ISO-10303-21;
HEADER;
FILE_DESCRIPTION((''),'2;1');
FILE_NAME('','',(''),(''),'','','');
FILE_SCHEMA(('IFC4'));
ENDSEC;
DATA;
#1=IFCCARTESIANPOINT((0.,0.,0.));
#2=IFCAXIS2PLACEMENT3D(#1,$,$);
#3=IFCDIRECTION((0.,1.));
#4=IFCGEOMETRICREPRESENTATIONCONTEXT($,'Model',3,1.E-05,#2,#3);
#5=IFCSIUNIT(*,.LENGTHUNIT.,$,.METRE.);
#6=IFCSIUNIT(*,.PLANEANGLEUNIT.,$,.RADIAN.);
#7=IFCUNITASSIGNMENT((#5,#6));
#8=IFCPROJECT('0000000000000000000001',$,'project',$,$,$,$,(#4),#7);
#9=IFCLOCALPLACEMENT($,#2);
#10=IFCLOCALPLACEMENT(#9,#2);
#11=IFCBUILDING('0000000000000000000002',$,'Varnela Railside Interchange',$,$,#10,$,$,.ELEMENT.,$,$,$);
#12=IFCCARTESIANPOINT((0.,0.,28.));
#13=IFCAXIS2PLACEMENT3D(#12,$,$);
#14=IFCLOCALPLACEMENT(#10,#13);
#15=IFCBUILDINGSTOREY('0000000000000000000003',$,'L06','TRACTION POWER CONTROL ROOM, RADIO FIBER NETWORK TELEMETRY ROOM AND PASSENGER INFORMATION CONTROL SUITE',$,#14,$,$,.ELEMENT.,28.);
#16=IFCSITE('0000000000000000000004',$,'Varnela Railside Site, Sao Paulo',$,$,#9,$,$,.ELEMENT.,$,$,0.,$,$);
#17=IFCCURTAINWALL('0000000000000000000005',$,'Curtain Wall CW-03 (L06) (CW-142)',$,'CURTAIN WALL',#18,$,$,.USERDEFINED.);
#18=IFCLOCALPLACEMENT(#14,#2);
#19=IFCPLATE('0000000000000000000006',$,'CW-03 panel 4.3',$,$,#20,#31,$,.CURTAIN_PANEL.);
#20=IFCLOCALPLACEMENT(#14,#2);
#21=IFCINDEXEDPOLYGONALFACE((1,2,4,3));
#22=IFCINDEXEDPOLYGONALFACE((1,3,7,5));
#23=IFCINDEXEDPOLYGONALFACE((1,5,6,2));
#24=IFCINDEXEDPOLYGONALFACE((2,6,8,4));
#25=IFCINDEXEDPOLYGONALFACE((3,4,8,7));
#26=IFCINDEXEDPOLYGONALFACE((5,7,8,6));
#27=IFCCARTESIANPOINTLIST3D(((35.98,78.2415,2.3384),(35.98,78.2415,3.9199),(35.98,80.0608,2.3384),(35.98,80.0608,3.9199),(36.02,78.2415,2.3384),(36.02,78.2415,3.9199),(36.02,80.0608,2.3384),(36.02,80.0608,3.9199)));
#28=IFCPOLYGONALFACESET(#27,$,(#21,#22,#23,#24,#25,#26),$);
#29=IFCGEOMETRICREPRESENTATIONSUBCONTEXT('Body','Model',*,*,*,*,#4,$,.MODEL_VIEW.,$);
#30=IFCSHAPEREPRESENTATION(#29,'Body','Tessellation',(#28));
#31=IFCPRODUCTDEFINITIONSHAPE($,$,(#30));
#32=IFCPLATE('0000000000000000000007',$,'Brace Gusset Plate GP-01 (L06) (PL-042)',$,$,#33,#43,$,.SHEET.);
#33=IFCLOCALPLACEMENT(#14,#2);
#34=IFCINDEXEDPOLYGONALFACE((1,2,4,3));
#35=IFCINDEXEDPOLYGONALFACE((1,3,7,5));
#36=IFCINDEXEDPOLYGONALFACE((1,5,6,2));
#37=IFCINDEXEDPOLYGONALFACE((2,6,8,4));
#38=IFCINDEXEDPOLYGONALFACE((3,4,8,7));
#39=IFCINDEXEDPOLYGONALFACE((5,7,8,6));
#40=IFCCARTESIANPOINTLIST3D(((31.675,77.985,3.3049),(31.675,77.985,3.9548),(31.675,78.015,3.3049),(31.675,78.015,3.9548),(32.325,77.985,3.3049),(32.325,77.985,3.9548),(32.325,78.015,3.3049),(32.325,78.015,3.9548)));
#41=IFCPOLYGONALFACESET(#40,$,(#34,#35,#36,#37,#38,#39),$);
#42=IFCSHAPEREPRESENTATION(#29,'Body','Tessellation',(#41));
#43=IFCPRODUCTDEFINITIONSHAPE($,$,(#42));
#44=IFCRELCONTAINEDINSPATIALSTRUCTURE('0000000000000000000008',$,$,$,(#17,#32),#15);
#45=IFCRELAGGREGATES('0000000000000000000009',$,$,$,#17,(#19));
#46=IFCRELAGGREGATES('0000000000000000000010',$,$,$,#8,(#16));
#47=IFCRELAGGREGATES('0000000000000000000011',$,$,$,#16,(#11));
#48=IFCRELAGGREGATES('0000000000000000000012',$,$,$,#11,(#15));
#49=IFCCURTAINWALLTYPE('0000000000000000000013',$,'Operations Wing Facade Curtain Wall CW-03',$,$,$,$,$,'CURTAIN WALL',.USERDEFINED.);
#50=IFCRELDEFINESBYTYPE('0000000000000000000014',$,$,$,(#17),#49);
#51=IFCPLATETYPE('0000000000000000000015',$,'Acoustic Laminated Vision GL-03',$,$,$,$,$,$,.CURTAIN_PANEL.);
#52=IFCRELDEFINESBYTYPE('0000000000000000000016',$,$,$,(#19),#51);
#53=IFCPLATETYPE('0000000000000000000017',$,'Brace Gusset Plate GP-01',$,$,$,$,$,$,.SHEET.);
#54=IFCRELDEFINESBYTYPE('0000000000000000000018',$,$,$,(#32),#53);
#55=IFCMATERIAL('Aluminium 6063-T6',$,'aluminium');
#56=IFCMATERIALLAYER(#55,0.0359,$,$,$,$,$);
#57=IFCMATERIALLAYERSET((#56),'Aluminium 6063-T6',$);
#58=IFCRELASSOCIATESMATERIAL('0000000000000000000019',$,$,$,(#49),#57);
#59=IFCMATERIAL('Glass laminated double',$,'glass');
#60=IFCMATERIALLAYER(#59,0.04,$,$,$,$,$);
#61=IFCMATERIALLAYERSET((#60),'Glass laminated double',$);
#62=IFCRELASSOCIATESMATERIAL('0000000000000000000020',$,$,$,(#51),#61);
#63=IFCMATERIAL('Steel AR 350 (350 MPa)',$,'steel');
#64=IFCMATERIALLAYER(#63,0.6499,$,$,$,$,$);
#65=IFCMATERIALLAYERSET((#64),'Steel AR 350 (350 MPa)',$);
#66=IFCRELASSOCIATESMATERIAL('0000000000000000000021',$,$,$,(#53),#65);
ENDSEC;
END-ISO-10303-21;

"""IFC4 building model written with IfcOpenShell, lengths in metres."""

from ifc_helpers import new_model, si_unit, direction, frame, origin, origin_2d, place, context, subcontext, project, spatial, rectangle, extrude, material, layer, layer_set, type_object, element, aggregate, save


model = new_model("IFC4")

# Units and contexts
model_context = context("Model", 3, precision=1e-05, world=origin(), true_north=direction((0.0, 1.0)))
body_context = subcontext(model_context, "Body", "Model", "MODEL_VIEW")
ifc_project = project(units=[si_unit("LENGTHUNIT", "METRE"), si_unit("PLANEANGLEUNIT", "RADIAN")], contexts=[model_context])

# Site, building, storey
site_placement = place(None, origin())
site = spatial("IfcSite", under=ifc_project, at=site_placement, Name="Varnela Railside Site, Sao Paulo", CompositionType="ELEMENT", RefElevation=0.0)
building_placement = place(site_placement, origin())
building = spatial("IfcBuilding", under=site, at=building_placement, Name="Varnela Railside Interchange", CompositionType="ELEMENT")
storey_placement = place(building_placement, frame((0.0, 0.0, 28.0)))
storey = spatial("IfcBuildingStorey", under=building, at=storey_placement, Name="L06", Description="TRACTION POWER CONTROL ROOM, RADIO FIBER NETWORK TELEMETRY ROOM AND PASSENGER INFORMATION CONTROL SUITE", CompositionType="ELEMENT", Elevation=28.0)

# Shared definitions
ifc_material_1 = material(Name="Steel AR 350 (350 MPa)", Category="steel")

# Curtain wall
ifc_material_2 = material(Name="Aluminium 6063-T6", Category="aluminium")
ifc_layer_1 = layer(ifc_material_2, 0.0359)
ifc_layer_set_1 = layer_set([ifc_layer_1], Name="Aluminium 6063-T6")
curtain_wall_type = type_object("IfcCurtainWallType", Name="Operations Wing Facade Curtain Wall CW-03", ElementType="CURTAIN WALL", PredefinedType="USERDEFINED", material=ifc_layer_set_1)
curtain_wall_placement = place(storey_placement, origin())
curtain_wall = element("IfcCurtainWall", 1, at=curtain_wall_placement, inside=storey, type_object=curtain_wall_type, Name="Curtain Wall CW-03 (L06) (CW-142)", ObjectType="CURTAIN WALL", PredefinedType="USERDEFINED")

# Plates
ifc_material_3 = material(Name="Glass laminated double", Category="glass")
ifc_layer_2 = layer(ifc_material_3, 0.04)
ifc_layer_set_2 = layer_set([ifc_layer_2], Name="Glass laminated double")
plate_type_1 = type_object("IfcPlateType", Name="Acoustic Laminated Vision GL-03", PredefinedType="CURTAIN_PANEL", material=ifc_layer_set_2)
plate_1_placement = place(storey_placement, frame((36.0, 79.1511, 2.3384), z_axis=(0.0, 0.0, 1.0), x_axis=(0.0, -1.0, 0.0)))
plate_1 = element("IfcPlate", 2, at=plate_1_placement, type_object=plate_type_1, Name="CW-03 panel 4.3", PredefinedType="CURTAIN_PANEL", context=body_context, shape_type="SweptSolid", body=[
    extrude(rectangle(XDim=1.8193, YDim=0.04, at=origin_2d()), origin(), (0.0, 0.0, 1.0), 1.5815),
])
aggregate(curtain_wall, [plate_1])
ifc_layer_3 = layer(ifc_material_1, 0.6499)
ifc_layer_set_3 = layer_set([ifc_layer_3], Name="Steel AR 350 (350 MPa)")
plate_type_2 = type_object("IfcPlateType", Name="Brace Gusset Plate GP-01", PredefinedType="SHEET", material=ifc_layer_set_3)
plate_2_placement = place(storey_placement, frame((32.0, 78.0, 3.3049), z_axis=(0.0, 0.0, 1.0), x_axis=(1.0, 0.0, 0.0)))
element("IfcPlate", 3, at=plate_2_placement, inside=storey, type_object=plate_type_2, Name="Brace Gusset Plate GP-01 (L06) (PL-042)", PredefinedType="SHEET", context=body_context, shape_type="SweptSolid", body=[
    extrude(rectangle(XDim=0.6499, YDim=0.03, at=origin_2d()), origin(), (0.0, 0.0, 1.0), 0.6499),
])

save(model, "model.ifc")
